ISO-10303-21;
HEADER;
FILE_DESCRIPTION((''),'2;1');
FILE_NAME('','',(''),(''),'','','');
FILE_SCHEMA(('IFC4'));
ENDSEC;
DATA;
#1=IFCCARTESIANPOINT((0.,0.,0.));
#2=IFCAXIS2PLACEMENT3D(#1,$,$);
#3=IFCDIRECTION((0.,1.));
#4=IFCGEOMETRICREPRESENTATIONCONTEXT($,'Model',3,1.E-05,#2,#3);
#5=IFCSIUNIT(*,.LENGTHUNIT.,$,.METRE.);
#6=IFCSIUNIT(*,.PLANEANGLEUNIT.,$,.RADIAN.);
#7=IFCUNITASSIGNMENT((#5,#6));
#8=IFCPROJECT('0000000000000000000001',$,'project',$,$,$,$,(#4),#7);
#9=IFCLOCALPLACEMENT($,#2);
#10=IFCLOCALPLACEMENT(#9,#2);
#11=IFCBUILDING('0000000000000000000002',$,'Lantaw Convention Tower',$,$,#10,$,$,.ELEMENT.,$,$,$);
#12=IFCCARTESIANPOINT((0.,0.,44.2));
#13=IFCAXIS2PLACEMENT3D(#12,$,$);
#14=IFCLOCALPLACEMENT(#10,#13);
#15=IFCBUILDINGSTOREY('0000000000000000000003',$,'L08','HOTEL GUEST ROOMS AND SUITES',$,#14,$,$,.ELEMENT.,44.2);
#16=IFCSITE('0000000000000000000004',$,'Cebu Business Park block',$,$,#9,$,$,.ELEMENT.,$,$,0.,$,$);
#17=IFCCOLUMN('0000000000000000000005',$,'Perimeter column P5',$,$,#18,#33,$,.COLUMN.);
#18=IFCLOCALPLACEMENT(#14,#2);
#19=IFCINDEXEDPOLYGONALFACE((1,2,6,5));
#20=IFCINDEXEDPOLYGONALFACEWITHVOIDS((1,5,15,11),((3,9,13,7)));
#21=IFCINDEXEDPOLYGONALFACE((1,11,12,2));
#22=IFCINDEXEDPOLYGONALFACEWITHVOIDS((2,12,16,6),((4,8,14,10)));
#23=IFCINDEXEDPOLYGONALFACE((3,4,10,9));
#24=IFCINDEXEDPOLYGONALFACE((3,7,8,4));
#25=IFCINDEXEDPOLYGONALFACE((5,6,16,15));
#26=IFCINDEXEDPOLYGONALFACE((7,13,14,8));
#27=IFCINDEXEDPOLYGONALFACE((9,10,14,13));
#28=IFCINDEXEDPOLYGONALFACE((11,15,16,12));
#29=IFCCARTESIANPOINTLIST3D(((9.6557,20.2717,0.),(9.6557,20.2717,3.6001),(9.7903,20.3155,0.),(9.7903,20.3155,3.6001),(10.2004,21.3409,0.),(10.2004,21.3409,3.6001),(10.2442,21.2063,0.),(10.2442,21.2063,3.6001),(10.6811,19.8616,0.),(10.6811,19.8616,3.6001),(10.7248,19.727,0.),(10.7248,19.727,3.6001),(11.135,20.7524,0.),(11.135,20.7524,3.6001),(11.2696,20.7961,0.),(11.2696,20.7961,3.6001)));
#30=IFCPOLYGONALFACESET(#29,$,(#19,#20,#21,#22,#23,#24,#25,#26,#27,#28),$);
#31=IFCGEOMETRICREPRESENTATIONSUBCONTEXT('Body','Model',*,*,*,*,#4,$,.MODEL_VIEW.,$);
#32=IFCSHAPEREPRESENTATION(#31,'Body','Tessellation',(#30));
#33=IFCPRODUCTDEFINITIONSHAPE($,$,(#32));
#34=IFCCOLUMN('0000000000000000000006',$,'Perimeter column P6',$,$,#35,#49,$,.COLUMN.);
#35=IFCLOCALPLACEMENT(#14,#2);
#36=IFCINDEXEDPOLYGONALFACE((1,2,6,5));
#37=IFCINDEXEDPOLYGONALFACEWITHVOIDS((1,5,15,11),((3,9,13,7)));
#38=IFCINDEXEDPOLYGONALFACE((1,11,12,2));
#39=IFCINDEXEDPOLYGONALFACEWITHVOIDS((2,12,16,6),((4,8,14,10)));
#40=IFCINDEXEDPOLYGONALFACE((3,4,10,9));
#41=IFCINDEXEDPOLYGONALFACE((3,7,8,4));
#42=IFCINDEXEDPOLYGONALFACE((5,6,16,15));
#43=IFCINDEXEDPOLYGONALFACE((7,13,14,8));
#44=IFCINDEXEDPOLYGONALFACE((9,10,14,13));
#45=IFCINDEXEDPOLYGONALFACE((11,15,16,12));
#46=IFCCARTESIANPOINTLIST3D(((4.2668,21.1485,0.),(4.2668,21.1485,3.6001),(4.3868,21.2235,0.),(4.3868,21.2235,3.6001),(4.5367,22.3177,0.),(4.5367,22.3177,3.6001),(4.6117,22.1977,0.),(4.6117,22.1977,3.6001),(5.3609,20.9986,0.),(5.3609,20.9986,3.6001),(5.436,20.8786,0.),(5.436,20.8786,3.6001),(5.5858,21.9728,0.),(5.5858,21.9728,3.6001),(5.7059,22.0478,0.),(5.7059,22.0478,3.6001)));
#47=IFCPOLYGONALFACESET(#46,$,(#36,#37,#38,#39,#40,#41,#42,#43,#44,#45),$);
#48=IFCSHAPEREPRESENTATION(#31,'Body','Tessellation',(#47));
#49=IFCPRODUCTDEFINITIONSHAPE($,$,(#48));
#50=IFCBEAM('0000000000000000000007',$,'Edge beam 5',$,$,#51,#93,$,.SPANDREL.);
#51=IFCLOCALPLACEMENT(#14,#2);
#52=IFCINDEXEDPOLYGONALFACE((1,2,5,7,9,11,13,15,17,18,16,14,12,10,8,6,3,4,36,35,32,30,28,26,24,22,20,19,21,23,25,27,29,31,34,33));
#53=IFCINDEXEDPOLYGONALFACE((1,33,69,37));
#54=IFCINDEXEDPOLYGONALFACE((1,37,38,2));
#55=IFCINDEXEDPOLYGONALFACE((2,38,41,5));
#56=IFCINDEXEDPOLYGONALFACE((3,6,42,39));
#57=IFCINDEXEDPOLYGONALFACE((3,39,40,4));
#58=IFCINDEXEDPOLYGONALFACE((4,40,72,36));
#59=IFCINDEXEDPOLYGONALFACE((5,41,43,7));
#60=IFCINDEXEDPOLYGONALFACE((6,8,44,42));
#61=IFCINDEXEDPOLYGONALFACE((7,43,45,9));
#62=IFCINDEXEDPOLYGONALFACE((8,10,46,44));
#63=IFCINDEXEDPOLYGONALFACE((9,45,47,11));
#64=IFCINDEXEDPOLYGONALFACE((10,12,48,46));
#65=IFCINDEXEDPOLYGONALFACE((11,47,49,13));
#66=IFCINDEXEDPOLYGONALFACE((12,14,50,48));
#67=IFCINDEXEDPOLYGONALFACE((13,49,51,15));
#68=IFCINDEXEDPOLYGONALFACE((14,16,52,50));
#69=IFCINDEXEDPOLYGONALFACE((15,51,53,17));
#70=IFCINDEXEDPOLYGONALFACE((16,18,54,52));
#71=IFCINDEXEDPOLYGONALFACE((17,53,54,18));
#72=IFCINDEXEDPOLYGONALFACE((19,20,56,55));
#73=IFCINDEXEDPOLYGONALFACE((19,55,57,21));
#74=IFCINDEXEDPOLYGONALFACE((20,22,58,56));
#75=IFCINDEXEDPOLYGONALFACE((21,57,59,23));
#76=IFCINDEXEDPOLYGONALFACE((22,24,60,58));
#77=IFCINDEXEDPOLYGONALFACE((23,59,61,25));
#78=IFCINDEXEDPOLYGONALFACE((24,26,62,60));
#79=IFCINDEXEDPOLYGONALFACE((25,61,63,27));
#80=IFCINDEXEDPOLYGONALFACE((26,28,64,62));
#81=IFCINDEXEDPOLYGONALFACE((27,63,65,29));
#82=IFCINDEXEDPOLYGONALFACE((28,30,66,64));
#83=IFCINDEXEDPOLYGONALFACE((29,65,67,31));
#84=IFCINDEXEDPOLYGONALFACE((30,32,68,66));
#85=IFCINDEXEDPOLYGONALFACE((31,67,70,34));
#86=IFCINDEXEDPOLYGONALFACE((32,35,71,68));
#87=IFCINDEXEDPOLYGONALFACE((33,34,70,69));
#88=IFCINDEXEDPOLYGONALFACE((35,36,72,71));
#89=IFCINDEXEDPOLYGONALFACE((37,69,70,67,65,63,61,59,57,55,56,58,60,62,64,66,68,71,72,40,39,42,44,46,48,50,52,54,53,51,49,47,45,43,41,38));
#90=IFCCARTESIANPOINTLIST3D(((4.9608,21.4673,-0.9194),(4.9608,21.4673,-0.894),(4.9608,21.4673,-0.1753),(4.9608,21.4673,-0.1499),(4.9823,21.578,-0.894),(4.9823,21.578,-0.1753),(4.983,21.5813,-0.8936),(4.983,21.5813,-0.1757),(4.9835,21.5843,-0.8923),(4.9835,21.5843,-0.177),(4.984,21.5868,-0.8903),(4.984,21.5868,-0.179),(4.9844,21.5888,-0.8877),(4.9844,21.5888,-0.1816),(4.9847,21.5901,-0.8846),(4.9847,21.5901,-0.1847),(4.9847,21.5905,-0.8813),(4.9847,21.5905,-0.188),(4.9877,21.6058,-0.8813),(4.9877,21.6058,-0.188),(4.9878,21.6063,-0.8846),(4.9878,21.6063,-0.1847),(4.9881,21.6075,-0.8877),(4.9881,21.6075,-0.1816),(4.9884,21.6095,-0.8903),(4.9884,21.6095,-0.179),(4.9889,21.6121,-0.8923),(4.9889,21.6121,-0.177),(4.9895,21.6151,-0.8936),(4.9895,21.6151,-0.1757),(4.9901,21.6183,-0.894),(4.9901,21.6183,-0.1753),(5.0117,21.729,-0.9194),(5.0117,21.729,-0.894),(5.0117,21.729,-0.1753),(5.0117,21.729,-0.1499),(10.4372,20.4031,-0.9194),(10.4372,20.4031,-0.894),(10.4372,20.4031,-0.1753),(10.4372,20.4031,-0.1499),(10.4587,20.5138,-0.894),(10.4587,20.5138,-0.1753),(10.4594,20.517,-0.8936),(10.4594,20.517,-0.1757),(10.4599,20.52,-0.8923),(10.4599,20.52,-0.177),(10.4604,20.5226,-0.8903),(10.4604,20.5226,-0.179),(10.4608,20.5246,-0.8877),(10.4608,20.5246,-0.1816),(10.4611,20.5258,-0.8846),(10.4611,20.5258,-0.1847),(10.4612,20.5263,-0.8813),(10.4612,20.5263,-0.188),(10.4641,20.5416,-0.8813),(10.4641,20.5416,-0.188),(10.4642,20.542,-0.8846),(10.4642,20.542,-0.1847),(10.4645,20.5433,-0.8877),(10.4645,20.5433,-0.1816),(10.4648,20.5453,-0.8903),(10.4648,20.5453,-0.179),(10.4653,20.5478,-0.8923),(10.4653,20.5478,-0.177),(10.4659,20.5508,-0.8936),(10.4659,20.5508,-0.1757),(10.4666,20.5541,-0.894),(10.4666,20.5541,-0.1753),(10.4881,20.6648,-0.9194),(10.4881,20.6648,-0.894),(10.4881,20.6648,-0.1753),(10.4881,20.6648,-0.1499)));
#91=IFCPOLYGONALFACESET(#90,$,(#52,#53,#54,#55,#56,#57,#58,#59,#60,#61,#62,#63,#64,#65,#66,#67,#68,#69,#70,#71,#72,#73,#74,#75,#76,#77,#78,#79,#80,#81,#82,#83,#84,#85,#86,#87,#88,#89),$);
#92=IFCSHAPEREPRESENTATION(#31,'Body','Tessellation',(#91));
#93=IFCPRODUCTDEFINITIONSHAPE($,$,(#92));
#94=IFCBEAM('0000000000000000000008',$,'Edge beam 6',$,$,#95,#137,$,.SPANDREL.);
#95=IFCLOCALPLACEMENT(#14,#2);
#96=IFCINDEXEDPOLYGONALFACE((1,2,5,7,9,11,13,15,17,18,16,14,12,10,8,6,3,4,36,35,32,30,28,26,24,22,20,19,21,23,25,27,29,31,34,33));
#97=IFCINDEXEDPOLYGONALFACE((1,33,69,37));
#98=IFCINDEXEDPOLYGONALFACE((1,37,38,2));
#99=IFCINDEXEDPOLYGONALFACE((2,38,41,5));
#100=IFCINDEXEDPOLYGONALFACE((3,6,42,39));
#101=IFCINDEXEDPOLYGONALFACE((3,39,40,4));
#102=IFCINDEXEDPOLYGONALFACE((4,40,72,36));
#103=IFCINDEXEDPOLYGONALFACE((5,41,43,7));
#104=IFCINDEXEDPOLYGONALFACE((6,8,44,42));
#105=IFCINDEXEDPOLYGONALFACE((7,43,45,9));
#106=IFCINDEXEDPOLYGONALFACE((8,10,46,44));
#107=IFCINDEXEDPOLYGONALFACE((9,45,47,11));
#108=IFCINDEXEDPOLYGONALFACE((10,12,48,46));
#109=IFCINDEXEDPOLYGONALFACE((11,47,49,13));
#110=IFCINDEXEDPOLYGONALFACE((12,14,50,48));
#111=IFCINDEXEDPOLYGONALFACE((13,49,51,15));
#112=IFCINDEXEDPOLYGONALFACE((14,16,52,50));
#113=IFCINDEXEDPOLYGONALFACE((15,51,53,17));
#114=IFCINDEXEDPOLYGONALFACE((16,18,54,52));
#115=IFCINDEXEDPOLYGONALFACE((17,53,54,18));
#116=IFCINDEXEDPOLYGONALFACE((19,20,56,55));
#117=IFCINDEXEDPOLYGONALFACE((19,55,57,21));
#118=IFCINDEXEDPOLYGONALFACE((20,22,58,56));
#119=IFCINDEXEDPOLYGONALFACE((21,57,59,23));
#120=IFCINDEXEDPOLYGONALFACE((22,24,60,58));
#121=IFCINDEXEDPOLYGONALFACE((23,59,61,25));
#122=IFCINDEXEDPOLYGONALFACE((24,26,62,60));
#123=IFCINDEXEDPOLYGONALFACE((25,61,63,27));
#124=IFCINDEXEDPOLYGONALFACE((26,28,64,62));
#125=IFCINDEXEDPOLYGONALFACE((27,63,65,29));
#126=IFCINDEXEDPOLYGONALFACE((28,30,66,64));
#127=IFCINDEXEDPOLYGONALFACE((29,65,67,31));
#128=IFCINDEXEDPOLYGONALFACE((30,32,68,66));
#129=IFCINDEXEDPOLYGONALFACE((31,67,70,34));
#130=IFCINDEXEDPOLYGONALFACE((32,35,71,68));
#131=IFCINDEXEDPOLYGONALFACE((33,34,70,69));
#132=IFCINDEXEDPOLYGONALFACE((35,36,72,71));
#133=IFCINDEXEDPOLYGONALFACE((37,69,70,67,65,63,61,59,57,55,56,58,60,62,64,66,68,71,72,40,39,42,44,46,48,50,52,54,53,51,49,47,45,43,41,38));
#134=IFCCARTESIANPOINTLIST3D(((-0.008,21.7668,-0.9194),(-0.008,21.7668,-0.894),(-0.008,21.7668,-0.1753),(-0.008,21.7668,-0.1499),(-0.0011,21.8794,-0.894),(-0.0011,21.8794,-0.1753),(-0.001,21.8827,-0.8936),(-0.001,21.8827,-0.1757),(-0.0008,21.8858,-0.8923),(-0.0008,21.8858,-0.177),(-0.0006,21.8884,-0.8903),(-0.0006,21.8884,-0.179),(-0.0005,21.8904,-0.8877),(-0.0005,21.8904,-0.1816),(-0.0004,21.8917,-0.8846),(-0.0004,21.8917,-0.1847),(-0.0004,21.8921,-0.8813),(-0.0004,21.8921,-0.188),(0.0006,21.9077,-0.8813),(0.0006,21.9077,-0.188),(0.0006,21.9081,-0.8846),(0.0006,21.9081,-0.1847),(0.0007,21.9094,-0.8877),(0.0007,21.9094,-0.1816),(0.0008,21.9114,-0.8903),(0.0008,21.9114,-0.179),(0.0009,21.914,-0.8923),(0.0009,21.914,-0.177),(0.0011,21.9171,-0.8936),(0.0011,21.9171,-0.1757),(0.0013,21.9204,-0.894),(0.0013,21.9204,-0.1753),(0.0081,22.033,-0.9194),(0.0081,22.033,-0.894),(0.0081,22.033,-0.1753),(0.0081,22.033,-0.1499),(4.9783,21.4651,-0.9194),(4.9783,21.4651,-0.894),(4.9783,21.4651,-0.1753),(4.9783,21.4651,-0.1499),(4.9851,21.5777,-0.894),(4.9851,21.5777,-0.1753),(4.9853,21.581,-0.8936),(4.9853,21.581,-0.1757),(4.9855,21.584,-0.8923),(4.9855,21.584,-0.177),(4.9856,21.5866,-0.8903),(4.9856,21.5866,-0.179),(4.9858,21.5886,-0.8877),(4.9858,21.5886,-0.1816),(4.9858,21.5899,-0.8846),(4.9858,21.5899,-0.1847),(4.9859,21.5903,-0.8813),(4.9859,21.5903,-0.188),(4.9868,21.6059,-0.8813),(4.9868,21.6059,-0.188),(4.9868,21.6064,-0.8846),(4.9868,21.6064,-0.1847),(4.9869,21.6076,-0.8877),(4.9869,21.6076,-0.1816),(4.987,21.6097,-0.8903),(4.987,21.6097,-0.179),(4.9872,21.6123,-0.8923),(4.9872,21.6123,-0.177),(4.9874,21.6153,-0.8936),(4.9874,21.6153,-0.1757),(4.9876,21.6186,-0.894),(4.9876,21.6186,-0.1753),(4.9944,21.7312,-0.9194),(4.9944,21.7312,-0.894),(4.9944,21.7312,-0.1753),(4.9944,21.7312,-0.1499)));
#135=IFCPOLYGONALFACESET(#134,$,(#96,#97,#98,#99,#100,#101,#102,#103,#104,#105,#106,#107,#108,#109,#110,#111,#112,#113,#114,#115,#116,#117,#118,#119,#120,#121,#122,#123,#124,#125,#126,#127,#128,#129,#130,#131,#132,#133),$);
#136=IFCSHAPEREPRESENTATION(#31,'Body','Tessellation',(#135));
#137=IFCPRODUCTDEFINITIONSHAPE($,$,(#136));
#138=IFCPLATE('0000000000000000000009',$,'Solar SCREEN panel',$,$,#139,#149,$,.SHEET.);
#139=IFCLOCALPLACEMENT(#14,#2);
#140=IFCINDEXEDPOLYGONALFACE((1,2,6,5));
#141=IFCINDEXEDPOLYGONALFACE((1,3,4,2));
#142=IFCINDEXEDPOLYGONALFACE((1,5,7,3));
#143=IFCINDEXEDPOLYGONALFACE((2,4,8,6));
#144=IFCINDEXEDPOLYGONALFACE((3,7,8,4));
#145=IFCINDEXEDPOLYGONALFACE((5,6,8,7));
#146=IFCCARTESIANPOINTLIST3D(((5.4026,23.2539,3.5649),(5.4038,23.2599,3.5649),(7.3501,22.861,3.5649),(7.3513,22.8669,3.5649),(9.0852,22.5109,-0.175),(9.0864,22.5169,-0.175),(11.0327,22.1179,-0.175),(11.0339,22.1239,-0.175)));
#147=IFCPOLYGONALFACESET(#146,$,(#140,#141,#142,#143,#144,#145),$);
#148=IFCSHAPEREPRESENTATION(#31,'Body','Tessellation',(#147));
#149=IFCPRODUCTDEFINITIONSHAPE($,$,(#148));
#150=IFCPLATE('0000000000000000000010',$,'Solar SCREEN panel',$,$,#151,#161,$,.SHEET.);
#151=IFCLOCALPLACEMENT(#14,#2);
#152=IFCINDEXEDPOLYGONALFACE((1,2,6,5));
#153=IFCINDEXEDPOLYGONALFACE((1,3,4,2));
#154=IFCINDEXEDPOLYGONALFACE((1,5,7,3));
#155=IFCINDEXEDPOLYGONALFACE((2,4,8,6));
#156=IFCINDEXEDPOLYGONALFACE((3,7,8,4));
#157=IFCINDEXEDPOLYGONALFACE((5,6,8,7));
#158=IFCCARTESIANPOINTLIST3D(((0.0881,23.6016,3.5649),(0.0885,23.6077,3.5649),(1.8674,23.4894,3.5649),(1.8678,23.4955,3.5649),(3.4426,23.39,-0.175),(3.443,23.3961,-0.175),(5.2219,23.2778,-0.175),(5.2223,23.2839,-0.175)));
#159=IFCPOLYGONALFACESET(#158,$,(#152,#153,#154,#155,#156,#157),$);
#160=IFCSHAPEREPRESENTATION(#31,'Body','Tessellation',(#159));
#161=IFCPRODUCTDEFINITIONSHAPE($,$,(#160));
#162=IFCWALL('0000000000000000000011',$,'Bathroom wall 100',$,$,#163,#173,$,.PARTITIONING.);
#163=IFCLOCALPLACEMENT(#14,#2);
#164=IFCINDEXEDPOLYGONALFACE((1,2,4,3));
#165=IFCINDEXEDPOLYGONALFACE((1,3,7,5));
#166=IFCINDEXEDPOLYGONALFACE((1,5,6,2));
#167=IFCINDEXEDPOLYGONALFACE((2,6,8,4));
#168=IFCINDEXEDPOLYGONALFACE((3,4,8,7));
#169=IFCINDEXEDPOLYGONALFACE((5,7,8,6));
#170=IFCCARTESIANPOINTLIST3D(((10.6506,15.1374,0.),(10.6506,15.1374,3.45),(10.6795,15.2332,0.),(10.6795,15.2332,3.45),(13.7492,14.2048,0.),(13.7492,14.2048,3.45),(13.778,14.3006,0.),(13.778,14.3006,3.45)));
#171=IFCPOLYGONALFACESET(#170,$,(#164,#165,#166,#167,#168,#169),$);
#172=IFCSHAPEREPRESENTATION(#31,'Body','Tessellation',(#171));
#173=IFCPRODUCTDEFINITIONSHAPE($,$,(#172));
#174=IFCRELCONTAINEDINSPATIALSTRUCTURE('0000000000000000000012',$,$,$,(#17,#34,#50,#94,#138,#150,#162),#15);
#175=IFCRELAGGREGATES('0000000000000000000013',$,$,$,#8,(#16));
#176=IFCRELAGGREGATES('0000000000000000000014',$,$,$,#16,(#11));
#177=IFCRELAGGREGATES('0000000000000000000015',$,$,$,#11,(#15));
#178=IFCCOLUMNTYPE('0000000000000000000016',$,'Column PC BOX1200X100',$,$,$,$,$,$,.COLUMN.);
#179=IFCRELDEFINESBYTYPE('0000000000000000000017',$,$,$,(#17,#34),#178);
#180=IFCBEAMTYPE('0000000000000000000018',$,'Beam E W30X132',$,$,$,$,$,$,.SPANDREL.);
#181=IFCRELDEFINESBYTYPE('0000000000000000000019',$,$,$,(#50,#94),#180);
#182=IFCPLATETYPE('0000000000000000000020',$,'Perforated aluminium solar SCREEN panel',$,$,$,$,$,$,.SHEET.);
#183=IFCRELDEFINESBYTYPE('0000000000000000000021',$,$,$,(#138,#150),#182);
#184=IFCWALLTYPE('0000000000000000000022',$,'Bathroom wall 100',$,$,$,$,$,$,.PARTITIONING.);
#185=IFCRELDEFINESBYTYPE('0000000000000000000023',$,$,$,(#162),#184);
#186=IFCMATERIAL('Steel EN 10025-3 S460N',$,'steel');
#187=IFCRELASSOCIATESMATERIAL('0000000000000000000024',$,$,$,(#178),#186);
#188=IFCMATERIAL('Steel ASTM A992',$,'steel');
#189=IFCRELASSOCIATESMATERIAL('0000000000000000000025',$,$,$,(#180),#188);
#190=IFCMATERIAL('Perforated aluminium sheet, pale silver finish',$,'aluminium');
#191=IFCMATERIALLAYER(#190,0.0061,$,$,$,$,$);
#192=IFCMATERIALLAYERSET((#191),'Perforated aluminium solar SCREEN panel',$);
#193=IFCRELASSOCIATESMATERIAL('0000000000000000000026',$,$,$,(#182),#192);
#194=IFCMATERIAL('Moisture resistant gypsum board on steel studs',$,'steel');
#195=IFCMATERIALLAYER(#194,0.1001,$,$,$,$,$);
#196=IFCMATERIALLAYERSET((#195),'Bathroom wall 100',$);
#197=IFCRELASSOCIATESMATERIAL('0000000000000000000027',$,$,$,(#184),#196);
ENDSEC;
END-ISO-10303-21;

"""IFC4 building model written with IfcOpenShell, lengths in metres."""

from ifc_helpers import new_model, si_unit, direction, frame, frame_2d, origin, origin_2d, place, context, subcontext, project, spatial, polyline, rectangle, hollow_rectangle, i_section, outline, extrude, material, layer, layer_set, material_profile, profile_set, type_object, element, save


model = new_model("IFC4")

# Units and contexts
model_context = context("Model", 3, precision=1e-05, world=origin(), true_north=direction((0.0, 1.0)))
body_context = subcontext(model_context, "Body", "Model", "MODEL_VIEW")
ifc_project = project(units=[si_unit("LENGTHUNIT", "METRE"), si_unit("PLANEANGLEUNIT", "RADIAN")], contexts=[model_context])

# Site, building, storey
site_placement = place(None, origin())
site = spatial("IfcSite", under=ifc_project, at=site_placement, Name="Cebu Business Park block", CompositionType="ELEMENT", RefElevation=0.0)
building_placement = place(site_placement, origin())
building = spatial("IfcBuilding", under=site, at=building_placement, Name="Lantaw Convention Tower", CompositionType="ELEMENT")
storey_placement = place(building_placement, frame((0.0, 0.0, 44.2)))
storey = spatial("IfcBuildingStorey", under=building, at=storey_placement, Name="L08", Description="HOTEL GUEST ROOMS AND SUITES", CompositionType="ELEMENT", Elevation=44.2)

# Columns
ifc_material_1 = material(Name="Steel EN 10025-3 S460N", Category="steel")
ifc_material_profile_1 = material_profile(ifc_material_1, hollow_rectangle(XDim=1.2, YDim=1.2, WallThickness=0.1001, at=origin_2d()), Name="BOX1200X100")
ifc_material_2 = material(Name="Concrete C60/75", Category="concrete")
ifc_material_profile_2 = material_profile(ifc_material_2, rectangle(XDim=1.0, YDim=1.0, at=origin_2d()), Name="Concrete fill of BOX1200X100")
ifc_profile_set_1 = profile_set([ifc_material_profile_1, ifc_material_profile_2], Name="Steel EN 10025-3 S460N")
column_type = type_object("IfcColumnType", Name="Column PC BOX1200X100", PredefinedType="COLUMN", material=ifc_profile_set_1)
for number, where, z_axis, x_axis, name in (
    (1, (10.4626, 20.5339, 0.0), (0.0, 0.0, 1.0), (0.45399, 0.891007, 0.0), "Perimeter column P5"),
    (2, (4.9863, 21.5981, 0.0), (0.0, 0.0, 1.0), (0.224951, 0.97437, 0.0), "Perimeter column P6"),
):
    element("IfcColumn", number, at=place(storey_placement, frame(where, z_axis=z_axis, x_axis=x_axis)), inside=storey, type_object=column_type, Name=name, PredefinedType="COLUMN", context=body_context, shape_type="SweptSolid", body=[
        extrude(hollow_rectangle(XDim=1.2, YDim=1.2, WallThickness=0.1001, at=origin_2d()), origin(), (0.0, 0.0, 1.0), 3.6001),
    ])

# Beams
ifc_material_3 = material(Name="Steel ASTM A992", Category="steel")
ifc_material_profile_3 = material_profile(ifc_material_3, i_section(OverallWidth=0.2666, OverallDepth=0.7695, WebThickness=0.0156, FlangeThickness=0.0254, FilletRadius=0.0127, at=origin_2d()), Name="W30X132")
ifc_profile_set_2 = profile_set([ifc_material_profile_3], Name="Steel ASTM A992")
beam_type = type_object("IfcBeamType", Name="Beam E W30X132", PredefinedType="SPANDREL", material=ifc_profile_set_2)
beam_1_placement = place(storey_placement, frame((10.4626, 20.5339, -0.5347), z_axis=(-0.981637, 0.190761, 0.0), x_axis=(-0.190761, -0.981637, 0.0)))
element("IfcBeam", 3, at=beam_1_placement, inside=storey, type_object=beam_type, Name="Edge beam 5", PredefinedType="SPANDREL", context=body_context, shape_type="SweptSolid", body=[
    extrude(i_section(OverallWidth=0.2666, OverallDepth=0.7695, WebThickness=0.0156, FlangeThickness=0.0254, FilletRadius=0.0127, at=origin_2d()), origin(), (0.0, 0.0, 1.0), 5.5789),
])
beam_2_placement = place(storey_placement, frame((4.9863, 21.5981, -0.5347), z_axis=(-0.998174, 0.060407, 0.0), x_axis=(-0.060407, -0.998174, 0.0)))
element("IfcBeam", 4, at=beam_2_placement, inside=storey, type_object=beam_type, Name="Edge beam 6", PredefinedType="SPANDREL", context=body_context, shape_type="SweptSolid", body=[
    extrude(i_section(OverallWidth=0.2666, OverallDepth=0.7695, WebThickness=0.0156, FlangeThickness=0.0254, FilletRadius=0.0127, at=origin_2d()), origin(), (0.0, 0.0, 1.0), 4.9954),
])

# Plates
ifc_material_4 = material(Name="Perforated aluminium sheet, pale silver finish", Category="aluminium")
ifc_layer_1 = layer(ifc_material_4, 0.0061)
ifc_layer_set_1 = layer_set([ifc_layer_1], Name="Perforated aluminium solar SCREEN panel")
plate_type = type_object("IfcPlateType", Name="Perforated aluminium solar SCREEN panel", PredefinedType="SHEET", material=ifc_layer_set_1)
plate_1_placement = place(storey_placement, frame((11.0327, 22.1179, -0.175), z_axis=(-0.197782, -0.980246, 0.000002), x_axis=(-0.980246, 0.197782, 0.0)))
element("IfcPlate", 5, at=plate_1_placement, inside=storey, type_object=plate_type, Name="Solar SCREEN panel", PredefinedType="SHEET", context=body_context, shape_type="SweptSolid", body=[
    extrude(outline(polyline([(0.0, 0.0), (1.9868, 0.0), (5.7436, -3.74), (3.7569, -3.74), (0.0, 0.0)])), origin(), (0.0, 0.0, -1.0), 0.0061),
])
plate_2_placement = place(storey_placement, frame((5.2219, 23.2778, -0.175), z_axis=(-0.062924, -0.998018, 0.000014), x_axis=(-0.998018, 0.062924, 0.0)))
element("IfcPlate", 6, at=plate_2_placement, inside=storey, type_object=plate_type, Name="Solar SCREEN panel", PredefinedType="SHEET", context=body_context, shape_type="SweptSolid", body=[
    extrude(outline(polyline([(0.0, 0.0), (1.7828, 0.0), (5.144, -3.74), (3.3612, -3.74), (0.0, 0.0)])), origin(), (0.0, 0.0, -1.0), 0.0061),
])

# Wall
ifc_material_5 = material(Name="Moisture resistant gypsum board on steel studs", Category="steel")
ifc_layer_2 = layer(ifc_material_5, 0.1001)
ifc_layer_set_2 = layer_set([ifc_layer_2], Name="Bathroom wall 100")
wall_type_1 = type_object("IfcWallType", Name="Bathroom wall 100", PredefinedType="PARTITIONING", material=ifc_layer_set_2)
wall_1_placement = place(storey_placement, frame((10.665, 15.1853, 0.0), z_axis=(0.0, 0.0, 1.0), x_axis=(0.957568, -0.288206, 0.0)))
element("IfcWall", 7, at=wall_1_placement, inside=storey, type_object=wall_type_1, Name="Bathroom wall 100", PredefinedType="PARTITIONING", context=body_context, shape_type="SweptSolid", body=[
    extrude(rectangle(XDim=3.2358, YDim=0.1001, at=frame_2d((1.6179, 0.0))), origin(), (0.0, 0.0, 1.0), 3.45),
])

save(model, "model.ifc")
